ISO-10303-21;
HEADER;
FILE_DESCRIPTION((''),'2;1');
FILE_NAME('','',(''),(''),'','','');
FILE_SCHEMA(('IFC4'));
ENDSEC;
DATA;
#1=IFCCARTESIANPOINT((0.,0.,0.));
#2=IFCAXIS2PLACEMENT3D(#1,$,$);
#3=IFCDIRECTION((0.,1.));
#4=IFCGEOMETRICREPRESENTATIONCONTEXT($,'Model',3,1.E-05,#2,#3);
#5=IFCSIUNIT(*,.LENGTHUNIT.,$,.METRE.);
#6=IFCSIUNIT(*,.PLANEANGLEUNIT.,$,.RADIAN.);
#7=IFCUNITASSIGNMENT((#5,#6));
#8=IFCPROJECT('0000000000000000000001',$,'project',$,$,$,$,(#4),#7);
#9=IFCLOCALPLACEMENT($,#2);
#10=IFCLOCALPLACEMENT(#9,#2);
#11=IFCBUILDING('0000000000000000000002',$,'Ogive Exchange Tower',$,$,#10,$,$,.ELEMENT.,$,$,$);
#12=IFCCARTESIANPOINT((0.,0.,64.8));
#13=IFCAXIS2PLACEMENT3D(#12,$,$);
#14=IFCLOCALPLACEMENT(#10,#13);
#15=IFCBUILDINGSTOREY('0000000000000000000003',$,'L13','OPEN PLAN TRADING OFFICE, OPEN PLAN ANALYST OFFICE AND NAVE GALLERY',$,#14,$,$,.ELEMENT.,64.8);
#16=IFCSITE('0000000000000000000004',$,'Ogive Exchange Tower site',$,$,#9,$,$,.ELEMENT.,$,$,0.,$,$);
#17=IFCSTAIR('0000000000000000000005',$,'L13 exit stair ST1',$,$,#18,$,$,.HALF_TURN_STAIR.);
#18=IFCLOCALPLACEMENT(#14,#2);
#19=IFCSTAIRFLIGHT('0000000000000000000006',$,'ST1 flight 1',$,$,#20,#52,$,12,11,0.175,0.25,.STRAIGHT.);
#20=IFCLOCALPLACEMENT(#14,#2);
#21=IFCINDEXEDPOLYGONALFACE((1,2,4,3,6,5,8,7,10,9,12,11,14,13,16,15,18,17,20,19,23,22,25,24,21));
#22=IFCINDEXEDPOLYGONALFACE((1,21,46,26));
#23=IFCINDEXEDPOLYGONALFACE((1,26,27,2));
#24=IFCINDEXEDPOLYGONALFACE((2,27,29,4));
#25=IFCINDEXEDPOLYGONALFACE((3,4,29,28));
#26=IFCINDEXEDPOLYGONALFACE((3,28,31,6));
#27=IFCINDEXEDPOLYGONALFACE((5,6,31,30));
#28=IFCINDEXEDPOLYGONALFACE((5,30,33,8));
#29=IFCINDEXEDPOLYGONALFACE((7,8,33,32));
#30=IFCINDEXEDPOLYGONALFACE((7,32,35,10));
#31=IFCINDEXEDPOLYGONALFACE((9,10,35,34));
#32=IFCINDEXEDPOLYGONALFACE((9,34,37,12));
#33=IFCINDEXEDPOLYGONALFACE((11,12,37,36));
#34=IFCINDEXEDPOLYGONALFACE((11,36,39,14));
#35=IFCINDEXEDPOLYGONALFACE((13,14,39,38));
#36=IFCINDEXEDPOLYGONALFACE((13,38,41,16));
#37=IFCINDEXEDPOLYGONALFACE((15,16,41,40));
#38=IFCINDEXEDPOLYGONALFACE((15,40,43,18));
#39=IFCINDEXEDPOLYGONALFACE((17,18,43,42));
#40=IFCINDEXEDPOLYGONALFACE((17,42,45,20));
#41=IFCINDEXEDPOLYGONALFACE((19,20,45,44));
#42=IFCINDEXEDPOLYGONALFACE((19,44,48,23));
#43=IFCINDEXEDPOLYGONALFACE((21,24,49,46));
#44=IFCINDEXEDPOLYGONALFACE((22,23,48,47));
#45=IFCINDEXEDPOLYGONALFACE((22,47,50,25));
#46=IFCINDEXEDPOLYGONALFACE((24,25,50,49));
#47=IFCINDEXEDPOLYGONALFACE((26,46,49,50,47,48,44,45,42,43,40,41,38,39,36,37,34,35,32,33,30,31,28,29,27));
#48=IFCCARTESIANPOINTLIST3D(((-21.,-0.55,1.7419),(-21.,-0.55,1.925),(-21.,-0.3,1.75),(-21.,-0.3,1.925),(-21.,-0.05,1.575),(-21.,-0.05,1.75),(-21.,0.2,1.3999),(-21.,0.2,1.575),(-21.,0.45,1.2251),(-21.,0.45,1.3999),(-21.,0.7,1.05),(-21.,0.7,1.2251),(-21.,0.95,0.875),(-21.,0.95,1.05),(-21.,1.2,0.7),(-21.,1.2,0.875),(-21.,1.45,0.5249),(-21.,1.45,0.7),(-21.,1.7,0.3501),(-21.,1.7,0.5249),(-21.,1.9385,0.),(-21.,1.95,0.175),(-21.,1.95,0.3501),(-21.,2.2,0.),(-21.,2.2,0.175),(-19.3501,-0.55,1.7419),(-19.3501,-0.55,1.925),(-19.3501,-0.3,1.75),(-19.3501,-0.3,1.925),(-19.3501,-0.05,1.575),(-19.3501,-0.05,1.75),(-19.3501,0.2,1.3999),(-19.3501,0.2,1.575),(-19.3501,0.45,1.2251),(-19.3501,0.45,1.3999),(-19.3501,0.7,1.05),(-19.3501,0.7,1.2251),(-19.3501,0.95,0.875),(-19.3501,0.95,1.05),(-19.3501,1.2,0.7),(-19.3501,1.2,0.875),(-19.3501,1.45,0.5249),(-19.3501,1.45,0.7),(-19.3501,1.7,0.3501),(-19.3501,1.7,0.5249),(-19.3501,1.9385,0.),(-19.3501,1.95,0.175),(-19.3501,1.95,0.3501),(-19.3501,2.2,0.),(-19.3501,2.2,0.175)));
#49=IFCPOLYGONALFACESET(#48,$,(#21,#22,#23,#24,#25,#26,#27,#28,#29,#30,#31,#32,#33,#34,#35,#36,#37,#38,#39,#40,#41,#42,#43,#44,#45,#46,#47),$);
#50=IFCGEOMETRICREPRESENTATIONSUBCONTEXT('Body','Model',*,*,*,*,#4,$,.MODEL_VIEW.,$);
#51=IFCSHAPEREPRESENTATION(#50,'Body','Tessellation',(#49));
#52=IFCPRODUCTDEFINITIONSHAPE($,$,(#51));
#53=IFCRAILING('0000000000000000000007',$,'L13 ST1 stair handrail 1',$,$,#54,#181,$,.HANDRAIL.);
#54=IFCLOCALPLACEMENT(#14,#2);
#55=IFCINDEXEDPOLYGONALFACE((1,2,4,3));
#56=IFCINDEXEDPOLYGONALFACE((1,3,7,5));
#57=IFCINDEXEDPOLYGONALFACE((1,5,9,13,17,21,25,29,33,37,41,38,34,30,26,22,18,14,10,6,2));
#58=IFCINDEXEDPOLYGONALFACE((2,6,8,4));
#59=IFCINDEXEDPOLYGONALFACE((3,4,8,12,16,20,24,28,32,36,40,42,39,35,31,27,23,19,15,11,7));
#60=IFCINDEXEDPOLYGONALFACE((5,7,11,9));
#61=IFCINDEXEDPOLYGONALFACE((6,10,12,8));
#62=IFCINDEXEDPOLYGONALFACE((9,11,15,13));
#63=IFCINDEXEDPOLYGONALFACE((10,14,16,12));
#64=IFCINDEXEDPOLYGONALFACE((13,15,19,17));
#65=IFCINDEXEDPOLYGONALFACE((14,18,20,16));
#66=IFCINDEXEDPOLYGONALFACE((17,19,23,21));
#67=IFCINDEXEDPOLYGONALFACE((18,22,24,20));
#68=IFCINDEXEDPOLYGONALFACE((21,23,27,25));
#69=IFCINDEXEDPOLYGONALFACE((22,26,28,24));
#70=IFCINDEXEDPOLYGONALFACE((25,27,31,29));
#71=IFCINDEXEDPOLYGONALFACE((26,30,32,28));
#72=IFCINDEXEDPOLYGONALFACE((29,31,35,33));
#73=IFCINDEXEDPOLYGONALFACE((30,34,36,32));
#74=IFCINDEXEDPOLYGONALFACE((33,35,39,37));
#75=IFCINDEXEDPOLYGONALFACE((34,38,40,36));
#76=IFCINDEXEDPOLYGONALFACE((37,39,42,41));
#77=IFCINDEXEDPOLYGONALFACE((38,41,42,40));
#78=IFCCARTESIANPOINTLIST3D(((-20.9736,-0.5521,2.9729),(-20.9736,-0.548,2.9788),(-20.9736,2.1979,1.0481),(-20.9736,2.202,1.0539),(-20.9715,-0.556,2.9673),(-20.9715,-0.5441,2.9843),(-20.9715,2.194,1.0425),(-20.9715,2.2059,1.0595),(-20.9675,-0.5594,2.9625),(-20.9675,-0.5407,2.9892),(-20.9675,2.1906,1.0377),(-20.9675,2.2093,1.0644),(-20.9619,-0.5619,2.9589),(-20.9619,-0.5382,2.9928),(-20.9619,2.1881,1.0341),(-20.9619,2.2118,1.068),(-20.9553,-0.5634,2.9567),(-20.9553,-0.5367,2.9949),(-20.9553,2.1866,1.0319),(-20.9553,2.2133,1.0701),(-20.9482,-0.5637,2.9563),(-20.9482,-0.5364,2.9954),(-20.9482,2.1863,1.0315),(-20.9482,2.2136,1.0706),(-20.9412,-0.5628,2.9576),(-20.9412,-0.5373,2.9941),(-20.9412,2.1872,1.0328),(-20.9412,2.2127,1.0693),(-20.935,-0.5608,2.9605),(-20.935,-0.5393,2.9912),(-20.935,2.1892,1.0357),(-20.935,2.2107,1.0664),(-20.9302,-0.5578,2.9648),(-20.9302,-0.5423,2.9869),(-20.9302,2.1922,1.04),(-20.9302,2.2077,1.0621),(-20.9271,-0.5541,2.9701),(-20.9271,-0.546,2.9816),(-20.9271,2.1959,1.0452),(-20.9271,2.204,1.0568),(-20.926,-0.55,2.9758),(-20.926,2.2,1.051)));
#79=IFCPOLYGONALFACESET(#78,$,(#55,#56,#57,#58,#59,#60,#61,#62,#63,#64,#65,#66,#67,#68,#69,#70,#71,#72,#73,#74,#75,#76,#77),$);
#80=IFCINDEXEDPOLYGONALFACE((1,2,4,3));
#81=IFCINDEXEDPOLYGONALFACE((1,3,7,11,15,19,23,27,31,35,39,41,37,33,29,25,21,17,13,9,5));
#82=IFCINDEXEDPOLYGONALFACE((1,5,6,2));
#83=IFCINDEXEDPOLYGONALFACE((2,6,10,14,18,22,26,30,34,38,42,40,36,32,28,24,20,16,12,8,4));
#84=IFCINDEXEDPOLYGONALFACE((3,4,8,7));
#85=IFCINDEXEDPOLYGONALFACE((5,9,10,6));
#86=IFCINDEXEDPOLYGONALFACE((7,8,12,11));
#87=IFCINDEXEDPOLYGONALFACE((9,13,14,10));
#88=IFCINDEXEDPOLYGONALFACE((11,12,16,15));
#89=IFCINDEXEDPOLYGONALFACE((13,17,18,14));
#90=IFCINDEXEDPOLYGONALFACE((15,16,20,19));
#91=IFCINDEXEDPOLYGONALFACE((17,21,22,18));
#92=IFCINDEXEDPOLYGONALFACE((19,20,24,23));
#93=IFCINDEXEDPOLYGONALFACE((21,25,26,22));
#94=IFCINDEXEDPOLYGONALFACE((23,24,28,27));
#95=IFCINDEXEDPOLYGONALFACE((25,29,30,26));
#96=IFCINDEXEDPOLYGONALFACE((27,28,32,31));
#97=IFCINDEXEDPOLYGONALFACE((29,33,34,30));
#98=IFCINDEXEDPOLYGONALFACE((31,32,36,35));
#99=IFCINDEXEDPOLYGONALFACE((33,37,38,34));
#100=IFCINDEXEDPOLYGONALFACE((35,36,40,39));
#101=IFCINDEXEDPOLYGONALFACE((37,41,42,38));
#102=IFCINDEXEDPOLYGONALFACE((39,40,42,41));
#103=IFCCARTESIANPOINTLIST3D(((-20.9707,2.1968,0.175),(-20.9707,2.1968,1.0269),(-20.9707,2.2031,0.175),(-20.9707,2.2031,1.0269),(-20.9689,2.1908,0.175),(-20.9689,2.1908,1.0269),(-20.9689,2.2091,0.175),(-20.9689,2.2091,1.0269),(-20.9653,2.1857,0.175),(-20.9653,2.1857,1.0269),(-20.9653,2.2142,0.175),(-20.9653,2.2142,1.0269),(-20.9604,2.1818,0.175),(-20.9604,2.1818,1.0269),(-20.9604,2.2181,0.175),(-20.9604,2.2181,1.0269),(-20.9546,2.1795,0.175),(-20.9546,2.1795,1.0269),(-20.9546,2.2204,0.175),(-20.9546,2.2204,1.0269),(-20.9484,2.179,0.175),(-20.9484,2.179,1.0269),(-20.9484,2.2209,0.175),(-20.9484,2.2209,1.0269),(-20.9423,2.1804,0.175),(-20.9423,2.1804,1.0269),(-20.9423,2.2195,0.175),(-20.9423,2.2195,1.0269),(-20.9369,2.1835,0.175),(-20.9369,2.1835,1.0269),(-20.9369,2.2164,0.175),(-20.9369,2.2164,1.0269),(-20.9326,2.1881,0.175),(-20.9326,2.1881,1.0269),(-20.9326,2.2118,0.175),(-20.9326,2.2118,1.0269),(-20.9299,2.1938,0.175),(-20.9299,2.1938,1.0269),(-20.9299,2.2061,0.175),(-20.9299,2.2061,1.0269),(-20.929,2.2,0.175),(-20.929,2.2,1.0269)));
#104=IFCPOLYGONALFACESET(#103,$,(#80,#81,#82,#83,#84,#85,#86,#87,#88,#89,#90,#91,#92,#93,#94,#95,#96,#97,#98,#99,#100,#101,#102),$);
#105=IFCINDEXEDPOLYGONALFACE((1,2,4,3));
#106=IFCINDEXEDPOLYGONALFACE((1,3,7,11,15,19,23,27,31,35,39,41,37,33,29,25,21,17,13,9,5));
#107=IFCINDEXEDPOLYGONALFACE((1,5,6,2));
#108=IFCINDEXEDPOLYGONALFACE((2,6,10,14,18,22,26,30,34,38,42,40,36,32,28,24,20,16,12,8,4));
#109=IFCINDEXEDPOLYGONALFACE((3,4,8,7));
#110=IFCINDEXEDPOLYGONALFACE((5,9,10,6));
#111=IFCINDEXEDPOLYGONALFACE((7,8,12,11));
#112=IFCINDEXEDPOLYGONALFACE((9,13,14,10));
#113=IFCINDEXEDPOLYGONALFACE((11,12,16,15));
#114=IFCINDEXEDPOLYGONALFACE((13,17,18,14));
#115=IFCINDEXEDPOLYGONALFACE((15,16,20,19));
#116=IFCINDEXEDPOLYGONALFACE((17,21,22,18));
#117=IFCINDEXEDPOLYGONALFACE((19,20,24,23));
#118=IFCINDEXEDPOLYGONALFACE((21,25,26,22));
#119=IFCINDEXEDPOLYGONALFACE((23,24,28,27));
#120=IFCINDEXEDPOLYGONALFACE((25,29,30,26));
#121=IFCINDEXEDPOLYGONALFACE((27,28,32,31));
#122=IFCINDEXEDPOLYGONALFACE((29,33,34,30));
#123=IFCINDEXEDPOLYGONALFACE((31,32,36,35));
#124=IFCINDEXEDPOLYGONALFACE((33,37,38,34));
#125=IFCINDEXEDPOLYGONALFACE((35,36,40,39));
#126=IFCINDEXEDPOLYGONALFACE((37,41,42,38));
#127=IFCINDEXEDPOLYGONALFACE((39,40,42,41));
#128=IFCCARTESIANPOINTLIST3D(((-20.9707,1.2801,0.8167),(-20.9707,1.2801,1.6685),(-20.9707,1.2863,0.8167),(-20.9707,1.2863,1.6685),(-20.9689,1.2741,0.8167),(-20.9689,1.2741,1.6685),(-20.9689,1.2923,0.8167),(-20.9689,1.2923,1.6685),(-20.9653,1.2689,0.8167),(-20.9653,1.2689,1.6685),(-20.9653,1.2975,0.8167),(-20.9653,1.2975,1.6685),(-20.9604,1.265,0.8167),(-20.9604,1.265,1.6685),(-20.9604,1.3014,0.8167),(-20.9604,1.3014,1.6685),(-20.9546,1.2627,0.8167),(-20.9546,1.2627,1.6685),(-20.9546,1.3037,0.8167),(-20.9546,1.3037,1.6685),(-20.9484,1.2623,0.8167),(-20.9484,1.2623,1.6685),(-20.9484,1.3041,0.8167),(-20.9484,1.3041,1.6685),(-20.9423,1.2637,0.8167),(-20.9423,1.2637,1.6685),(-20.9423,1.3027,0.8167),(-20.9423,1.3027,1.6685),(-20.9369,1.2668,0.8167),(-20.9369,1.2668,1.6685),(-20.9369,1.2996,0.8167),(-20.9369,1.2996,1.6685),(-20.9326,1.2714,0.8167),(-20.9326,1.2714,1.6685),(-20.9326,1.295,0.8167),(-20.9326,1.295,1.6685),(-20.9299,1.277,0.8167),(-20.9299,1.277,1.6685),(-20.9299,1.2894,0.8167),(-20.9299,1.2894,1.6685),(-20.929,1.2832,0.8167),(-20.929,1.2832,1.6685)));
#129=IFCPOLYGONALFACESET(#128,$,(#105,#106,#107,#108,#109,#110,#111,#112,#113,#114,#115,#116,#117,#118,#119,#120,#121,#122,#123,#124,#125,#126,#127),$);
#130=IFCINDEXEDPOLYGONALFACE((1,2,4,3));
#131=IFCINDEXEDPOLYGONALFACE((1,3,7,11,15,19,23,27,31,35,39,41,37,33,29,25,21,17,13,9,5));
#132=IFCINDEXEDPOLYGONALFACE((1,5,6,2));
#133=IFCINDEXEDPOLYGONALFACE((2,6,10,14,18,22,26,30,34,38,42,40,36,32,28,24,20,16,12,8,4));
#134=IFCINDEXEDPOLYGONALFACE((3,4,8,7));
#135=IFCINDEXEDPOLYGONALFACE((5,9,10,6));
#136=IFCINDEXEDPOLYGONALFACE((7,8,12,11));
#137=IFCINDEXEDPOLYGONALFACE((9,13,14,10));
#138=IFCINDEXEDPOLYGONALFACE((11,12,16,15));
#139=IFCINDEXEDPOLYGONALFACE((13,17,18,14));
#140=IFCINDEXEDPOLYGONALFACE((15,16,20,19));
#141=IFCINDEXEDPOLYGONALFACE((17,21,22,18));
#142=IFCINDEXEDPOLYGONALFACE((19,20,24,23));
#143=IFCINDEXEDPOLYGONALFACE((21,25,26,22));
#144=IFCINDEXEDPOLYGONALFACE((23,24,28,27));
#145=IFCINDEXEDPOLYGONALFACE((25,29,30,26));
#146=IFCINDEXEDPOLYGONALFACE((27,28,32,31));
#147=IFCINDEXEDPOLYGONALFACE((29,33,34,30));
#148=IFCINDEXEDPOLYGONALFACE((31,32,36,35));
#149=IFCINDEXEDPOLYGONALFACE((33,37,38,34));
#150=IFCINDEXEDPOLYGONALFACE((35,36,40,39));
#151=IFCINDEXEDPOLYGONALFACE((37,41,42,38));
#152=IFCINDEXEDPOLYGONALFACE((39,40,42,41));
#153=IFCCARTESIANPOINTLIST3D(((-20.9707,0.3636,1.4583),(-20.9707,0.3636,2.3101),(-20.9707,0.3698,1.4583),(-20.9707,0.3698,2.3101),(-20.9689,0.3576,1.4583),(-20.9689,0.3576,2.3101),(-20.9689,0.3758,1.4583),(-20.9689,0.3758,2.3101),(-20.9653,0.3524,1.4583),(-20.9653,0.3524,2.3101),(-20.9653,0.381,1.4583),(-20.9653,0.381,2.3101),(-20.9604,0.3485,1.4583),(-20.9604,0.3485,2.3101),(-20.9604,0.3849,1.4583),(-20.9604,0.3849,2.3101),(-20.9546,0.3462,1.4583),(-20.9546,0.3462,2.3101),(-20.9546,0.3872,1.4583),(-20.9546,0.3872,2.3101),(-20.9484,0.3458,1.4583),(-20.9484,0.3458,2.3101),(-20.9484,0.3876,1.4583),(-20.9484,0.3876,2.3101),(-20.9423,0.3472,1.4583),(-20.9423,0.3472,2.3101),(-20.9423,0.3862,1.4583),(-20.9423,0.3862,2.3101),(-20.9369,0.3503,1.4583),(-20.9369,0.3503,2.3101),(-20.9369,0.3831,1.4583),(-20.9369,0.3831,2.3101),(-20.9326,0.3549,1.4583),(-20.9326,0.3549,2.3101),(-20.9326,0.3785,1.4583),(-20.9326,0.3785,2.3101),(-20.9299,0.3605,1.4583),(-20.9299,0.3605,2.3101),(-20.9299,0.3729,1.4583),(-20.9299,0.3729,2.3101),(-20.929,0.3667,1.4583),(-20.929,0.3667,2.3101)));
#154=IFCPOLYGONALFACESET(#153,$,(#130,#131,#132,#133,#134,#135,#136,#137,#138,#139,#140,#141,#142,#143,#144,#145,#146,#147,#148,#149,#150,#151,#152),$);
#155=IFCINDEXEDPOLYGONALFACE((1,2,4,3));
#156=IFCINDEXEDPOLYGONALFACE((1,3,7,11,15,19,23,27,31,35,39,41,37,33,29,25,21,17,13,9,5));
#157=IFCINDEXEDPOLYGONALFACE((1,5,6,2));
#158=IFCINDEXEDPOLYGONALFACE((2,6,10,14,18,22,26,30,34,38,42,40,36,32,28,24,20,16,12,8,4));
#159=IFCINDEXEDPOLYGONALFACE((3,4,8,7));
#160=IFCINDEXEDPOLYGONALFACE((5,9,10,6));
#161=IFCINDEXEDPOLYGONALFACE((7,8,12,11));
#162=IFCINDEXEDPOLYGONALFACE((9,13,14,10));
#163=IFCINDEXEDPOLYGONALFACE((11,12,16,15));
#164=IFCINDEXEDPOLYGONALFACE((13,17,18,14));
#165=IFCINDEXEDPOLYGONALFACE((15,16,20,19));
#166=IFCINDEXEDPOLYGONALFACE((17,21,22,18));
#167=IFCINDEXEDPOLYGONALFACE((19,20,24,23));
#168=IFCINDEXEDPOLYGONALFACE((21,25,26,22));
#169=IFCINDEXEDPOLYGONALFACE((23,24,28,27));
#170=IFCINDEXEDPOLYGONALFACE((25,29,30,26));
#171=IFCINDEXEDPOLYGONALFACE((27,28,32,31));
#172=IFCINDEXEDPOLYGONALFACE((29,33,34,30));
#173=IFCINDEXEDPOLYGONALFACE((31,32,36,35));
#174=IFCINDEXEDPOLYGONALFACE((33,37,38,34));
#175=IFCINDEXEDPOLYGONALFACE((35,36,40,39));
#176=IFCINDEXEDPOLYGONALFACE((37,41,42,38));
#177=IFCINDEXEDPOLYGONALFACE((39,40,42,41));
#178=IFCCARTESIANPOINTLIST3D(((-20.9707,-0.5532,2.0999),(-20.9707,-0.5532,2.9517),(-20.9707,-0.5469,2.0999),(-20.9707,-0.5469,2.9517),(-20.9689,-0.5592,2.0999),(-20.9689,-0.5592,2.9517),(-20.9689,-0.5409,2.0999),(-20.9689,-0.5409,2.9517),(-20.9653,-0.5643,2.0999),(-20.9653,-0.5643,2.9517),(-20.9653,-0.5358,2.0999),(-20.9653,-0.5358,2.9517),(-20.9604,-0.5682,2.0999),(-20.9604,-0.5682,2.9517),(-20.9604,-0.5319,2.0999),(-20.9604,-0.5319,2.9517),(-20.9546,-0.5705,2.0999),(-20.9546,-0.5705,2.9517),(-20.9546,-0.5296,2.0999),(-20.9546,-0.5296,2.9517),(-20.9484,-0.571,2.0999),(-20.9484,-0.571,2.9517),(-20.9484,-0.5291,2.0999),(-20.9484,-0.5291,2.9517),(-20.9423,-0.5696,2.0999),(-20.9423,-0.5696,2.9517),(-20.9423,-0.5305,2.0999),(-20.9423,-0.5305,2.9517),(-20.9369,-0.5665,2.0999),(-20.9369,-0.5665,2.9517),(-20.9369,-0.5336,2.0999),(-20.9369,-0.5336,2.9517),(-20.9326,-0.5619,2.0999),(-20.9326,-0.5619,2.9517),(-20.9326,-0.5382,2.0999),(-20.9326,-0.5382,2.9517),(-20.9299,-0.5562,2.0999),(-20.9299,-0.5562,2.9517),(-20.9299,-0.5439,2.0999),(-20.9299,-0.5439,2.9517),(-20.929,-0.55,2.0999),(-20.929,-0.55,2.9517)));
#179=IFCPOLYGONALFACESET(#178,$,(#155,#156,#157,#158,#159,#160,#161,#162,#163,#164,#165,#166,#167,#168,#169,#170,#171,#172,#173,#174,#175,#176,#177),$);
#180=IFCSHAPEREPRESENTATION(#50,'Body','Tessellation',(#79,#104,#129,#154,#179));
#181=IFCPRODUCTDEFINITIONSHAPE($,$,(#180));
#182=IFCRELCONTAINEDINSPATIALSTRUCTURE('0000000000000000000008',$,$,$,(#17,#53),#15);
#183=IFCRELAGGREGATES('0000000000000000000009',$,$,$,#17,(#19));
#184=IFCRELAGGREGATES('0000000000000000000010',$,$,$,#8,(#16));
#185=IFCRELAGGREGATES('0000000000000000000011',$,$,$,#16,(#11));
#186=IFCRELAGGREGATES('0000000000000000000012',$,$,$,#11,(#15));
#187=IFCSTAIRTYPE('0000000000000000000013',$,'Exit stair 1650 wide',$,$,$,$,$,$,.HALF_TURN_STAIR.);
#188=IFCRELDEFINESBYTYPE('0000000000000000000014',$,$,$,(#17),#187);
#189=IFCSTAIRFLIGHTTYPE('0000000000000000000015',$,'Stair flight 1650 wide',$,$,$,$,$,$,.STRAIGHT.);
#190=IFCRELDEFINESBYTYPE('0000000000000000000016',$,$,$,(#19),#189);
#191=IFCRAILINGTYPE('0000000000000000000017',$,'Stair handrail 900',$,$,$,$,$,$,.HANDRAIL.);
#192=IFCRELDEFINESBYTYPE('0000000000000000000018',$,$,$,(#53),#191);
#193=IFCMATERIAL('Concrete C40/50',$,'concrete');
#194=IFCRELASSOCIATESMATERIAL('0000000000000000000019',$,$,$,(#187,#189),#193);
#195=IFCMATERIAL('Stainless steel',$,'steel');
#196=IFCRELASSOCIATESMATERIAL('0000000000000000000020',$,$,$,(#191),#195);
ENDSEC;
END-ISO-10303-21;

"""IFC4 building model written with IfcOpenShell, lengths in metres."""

from ifc_helpers import new_model, si_unit, direction, frame, origin, origin_2d, place, context, subcontext, project, spatial, polyline, circle, outline, extrude, material, type_object, element, aggregate, save


model = new_model("IFC4")

# Units and contexts
model_context = context("Model", 3, precision=1e-05, world=origin(), true_north=direction((0.0, 1.0)))
body_context = subcontext(model_context, "Body", "Model", "MODEL_VIEW")
ifc_project = project(units=[si_unit("LENGTHUNIT", "METRE"), si_unit("PLANEANGLEUNIT", "RADIAN")], contexts=[model_context])

# Site, building, storey
site_placement = place(None, origin())
site = spatial("IfcSite", under=ifc_project, at=site_placement, Name="Ogive Exchange Tower site", CompositionType="ELEMENT", RefElevation=0.0)
building_placement = place(site_placement, origin())
building = spatial("IfcBuilding", under=site, at=building_placement, Name="Ogive Exchange Tower", CompositionType="ELEMENT")
storey_placement = place(building_placement, frame((0.0, 0.0, 64.8)))
storey = spatial("IfcBuildingStorey", under=building, at=storey_placement, Name="L13", Description="OPEN PLAN TRADING OFFICE, OPEN PLAN ANALYST OFFICE AND NAVE GALLERY", CompositionType="ELEMENT", Elevation=64.8)

# Shared definitions
ifc_material_1 = material(Name="Concrete C40/50", Category="concrete")
stair_type = type_object("IfcStairType", Name="Exit stair 1650 wide", PredefinedType="HALF_TURN_STAIR", material=ifc_material_1)

# Shared definitions
ifc_material_2 = material(Name="Stainless steel", Category="steel")

# Stair, stair flight
stair_1_placement = place(storey_placement, origin())
stair_1 = element("IfcStair", 1, at=stair_1_placement, inside=storey, type_object=stair_type, Name="L13 exit stair ST1", PredefinedType="HALF_TURN_STAIR")
stair_flight_type = type_object("IfcStairFlightType", Name="Stair flight 1650 wide", PredefinedType="STRAIGHT", material=ifc_material_1)
stair_flight_placement = place(storey_placement, frame((-20.175, 2.2, 0.0), z_axis=(0.0, 0.0, 1.0), x_axis=(0.0, -1.0, 0.0)))
stair_flight = element("IfcStairFlight", 2, at=stair_flight_placement, type_object=stair_flight_type, Name="ST1 flight 1", NumberOfRisers=12, NumberOfTreads=11, PredefinedType="STRAIGHT", RiserHeight=0.175, TreadLength=0.25, context=body_context, shape_type="SweptSolid", body=[
    extrude(outline(polyline([(0.0, 0.0), (0.0, 0.175), (0.25, 0.175), (0.25, 0.3501), (0.5, 0.3501), (0.5, 0.5249), (0.75, 0.5249), (0.75, 0.7), (1.0, 0.7), (1.0, 0.875), (1.25, 0.875), (1.25, 1.05), (1.5, 1.05), (1.5, 1.2251), (1.75, 1.2251), (1.75, 1.3999), (2.0, 1.3999), (2.0, 1.575), (2.25, 1.575), (2.25, 1.75), (2.5, 1.75), (2.5, 1.925), (2.75, 1.925), (2.75, 2.1001), (2.75, 1.7419), (0.2615, 0.0), (0.0, 0.0)])), frame((0.0, 0.825, 0.0), z_axis=(0.0, -1.0, 0.0), x_axis=(1.0, 0.0, 0.0)), (0.0, 0.0, 1.0), 1.6499),
])
aggregate(stair_1, [stair_flight])

# Railing
railing_type = type_object("IfcRailingType", Name="Stair handrail 900", PredefinedType="HANDRAIL", material=ifc_material_2)
railing_placement = place(storey_placement, frame((-20.95, 2.2, 0.175)))
element("IfcRailing", 3, at=railing_placement, inside=storey, type_object=railing_type, Name="L13 ST1 stair handrail 1", PredefinedType="HANDRAIL", context=body_context, shape_type="SweptSolid", body=[
    extrude(circle(Radius=0.0239, at=origin_2d()), frame((0.0, 0.0, 0.876), z_axis=(0.0, -0.819259, 0.573423), x_axis=(1.0, 0.0, 0.0)), (0.0, 0.0, 1.0), 3.3567),
    extrude(circle(Radius=0.021, at=origin_2d()), origin(), (0.0, 0.0, 1.0), 0.8518),
    extrude(circle(Radius=0.021, at=origin_2d()), frame((0.0, -0.9167, 0.6416)), (0.0, 0.0, 1.0), 0.8518),
    extrude(circle(Radius=0.021, at=origin_2d()), frame((0.0, -1.8333, 1.2832)), (0.0, 0.0, 1.0), 0.8518),
    extrude(circle(Radius=0.021, at=origin_2d()), frame((0.0, -2.75, 1.9248)), (0.0, 0.0, 1.0), 0.8518),
])

save(model, "model.ifc")
